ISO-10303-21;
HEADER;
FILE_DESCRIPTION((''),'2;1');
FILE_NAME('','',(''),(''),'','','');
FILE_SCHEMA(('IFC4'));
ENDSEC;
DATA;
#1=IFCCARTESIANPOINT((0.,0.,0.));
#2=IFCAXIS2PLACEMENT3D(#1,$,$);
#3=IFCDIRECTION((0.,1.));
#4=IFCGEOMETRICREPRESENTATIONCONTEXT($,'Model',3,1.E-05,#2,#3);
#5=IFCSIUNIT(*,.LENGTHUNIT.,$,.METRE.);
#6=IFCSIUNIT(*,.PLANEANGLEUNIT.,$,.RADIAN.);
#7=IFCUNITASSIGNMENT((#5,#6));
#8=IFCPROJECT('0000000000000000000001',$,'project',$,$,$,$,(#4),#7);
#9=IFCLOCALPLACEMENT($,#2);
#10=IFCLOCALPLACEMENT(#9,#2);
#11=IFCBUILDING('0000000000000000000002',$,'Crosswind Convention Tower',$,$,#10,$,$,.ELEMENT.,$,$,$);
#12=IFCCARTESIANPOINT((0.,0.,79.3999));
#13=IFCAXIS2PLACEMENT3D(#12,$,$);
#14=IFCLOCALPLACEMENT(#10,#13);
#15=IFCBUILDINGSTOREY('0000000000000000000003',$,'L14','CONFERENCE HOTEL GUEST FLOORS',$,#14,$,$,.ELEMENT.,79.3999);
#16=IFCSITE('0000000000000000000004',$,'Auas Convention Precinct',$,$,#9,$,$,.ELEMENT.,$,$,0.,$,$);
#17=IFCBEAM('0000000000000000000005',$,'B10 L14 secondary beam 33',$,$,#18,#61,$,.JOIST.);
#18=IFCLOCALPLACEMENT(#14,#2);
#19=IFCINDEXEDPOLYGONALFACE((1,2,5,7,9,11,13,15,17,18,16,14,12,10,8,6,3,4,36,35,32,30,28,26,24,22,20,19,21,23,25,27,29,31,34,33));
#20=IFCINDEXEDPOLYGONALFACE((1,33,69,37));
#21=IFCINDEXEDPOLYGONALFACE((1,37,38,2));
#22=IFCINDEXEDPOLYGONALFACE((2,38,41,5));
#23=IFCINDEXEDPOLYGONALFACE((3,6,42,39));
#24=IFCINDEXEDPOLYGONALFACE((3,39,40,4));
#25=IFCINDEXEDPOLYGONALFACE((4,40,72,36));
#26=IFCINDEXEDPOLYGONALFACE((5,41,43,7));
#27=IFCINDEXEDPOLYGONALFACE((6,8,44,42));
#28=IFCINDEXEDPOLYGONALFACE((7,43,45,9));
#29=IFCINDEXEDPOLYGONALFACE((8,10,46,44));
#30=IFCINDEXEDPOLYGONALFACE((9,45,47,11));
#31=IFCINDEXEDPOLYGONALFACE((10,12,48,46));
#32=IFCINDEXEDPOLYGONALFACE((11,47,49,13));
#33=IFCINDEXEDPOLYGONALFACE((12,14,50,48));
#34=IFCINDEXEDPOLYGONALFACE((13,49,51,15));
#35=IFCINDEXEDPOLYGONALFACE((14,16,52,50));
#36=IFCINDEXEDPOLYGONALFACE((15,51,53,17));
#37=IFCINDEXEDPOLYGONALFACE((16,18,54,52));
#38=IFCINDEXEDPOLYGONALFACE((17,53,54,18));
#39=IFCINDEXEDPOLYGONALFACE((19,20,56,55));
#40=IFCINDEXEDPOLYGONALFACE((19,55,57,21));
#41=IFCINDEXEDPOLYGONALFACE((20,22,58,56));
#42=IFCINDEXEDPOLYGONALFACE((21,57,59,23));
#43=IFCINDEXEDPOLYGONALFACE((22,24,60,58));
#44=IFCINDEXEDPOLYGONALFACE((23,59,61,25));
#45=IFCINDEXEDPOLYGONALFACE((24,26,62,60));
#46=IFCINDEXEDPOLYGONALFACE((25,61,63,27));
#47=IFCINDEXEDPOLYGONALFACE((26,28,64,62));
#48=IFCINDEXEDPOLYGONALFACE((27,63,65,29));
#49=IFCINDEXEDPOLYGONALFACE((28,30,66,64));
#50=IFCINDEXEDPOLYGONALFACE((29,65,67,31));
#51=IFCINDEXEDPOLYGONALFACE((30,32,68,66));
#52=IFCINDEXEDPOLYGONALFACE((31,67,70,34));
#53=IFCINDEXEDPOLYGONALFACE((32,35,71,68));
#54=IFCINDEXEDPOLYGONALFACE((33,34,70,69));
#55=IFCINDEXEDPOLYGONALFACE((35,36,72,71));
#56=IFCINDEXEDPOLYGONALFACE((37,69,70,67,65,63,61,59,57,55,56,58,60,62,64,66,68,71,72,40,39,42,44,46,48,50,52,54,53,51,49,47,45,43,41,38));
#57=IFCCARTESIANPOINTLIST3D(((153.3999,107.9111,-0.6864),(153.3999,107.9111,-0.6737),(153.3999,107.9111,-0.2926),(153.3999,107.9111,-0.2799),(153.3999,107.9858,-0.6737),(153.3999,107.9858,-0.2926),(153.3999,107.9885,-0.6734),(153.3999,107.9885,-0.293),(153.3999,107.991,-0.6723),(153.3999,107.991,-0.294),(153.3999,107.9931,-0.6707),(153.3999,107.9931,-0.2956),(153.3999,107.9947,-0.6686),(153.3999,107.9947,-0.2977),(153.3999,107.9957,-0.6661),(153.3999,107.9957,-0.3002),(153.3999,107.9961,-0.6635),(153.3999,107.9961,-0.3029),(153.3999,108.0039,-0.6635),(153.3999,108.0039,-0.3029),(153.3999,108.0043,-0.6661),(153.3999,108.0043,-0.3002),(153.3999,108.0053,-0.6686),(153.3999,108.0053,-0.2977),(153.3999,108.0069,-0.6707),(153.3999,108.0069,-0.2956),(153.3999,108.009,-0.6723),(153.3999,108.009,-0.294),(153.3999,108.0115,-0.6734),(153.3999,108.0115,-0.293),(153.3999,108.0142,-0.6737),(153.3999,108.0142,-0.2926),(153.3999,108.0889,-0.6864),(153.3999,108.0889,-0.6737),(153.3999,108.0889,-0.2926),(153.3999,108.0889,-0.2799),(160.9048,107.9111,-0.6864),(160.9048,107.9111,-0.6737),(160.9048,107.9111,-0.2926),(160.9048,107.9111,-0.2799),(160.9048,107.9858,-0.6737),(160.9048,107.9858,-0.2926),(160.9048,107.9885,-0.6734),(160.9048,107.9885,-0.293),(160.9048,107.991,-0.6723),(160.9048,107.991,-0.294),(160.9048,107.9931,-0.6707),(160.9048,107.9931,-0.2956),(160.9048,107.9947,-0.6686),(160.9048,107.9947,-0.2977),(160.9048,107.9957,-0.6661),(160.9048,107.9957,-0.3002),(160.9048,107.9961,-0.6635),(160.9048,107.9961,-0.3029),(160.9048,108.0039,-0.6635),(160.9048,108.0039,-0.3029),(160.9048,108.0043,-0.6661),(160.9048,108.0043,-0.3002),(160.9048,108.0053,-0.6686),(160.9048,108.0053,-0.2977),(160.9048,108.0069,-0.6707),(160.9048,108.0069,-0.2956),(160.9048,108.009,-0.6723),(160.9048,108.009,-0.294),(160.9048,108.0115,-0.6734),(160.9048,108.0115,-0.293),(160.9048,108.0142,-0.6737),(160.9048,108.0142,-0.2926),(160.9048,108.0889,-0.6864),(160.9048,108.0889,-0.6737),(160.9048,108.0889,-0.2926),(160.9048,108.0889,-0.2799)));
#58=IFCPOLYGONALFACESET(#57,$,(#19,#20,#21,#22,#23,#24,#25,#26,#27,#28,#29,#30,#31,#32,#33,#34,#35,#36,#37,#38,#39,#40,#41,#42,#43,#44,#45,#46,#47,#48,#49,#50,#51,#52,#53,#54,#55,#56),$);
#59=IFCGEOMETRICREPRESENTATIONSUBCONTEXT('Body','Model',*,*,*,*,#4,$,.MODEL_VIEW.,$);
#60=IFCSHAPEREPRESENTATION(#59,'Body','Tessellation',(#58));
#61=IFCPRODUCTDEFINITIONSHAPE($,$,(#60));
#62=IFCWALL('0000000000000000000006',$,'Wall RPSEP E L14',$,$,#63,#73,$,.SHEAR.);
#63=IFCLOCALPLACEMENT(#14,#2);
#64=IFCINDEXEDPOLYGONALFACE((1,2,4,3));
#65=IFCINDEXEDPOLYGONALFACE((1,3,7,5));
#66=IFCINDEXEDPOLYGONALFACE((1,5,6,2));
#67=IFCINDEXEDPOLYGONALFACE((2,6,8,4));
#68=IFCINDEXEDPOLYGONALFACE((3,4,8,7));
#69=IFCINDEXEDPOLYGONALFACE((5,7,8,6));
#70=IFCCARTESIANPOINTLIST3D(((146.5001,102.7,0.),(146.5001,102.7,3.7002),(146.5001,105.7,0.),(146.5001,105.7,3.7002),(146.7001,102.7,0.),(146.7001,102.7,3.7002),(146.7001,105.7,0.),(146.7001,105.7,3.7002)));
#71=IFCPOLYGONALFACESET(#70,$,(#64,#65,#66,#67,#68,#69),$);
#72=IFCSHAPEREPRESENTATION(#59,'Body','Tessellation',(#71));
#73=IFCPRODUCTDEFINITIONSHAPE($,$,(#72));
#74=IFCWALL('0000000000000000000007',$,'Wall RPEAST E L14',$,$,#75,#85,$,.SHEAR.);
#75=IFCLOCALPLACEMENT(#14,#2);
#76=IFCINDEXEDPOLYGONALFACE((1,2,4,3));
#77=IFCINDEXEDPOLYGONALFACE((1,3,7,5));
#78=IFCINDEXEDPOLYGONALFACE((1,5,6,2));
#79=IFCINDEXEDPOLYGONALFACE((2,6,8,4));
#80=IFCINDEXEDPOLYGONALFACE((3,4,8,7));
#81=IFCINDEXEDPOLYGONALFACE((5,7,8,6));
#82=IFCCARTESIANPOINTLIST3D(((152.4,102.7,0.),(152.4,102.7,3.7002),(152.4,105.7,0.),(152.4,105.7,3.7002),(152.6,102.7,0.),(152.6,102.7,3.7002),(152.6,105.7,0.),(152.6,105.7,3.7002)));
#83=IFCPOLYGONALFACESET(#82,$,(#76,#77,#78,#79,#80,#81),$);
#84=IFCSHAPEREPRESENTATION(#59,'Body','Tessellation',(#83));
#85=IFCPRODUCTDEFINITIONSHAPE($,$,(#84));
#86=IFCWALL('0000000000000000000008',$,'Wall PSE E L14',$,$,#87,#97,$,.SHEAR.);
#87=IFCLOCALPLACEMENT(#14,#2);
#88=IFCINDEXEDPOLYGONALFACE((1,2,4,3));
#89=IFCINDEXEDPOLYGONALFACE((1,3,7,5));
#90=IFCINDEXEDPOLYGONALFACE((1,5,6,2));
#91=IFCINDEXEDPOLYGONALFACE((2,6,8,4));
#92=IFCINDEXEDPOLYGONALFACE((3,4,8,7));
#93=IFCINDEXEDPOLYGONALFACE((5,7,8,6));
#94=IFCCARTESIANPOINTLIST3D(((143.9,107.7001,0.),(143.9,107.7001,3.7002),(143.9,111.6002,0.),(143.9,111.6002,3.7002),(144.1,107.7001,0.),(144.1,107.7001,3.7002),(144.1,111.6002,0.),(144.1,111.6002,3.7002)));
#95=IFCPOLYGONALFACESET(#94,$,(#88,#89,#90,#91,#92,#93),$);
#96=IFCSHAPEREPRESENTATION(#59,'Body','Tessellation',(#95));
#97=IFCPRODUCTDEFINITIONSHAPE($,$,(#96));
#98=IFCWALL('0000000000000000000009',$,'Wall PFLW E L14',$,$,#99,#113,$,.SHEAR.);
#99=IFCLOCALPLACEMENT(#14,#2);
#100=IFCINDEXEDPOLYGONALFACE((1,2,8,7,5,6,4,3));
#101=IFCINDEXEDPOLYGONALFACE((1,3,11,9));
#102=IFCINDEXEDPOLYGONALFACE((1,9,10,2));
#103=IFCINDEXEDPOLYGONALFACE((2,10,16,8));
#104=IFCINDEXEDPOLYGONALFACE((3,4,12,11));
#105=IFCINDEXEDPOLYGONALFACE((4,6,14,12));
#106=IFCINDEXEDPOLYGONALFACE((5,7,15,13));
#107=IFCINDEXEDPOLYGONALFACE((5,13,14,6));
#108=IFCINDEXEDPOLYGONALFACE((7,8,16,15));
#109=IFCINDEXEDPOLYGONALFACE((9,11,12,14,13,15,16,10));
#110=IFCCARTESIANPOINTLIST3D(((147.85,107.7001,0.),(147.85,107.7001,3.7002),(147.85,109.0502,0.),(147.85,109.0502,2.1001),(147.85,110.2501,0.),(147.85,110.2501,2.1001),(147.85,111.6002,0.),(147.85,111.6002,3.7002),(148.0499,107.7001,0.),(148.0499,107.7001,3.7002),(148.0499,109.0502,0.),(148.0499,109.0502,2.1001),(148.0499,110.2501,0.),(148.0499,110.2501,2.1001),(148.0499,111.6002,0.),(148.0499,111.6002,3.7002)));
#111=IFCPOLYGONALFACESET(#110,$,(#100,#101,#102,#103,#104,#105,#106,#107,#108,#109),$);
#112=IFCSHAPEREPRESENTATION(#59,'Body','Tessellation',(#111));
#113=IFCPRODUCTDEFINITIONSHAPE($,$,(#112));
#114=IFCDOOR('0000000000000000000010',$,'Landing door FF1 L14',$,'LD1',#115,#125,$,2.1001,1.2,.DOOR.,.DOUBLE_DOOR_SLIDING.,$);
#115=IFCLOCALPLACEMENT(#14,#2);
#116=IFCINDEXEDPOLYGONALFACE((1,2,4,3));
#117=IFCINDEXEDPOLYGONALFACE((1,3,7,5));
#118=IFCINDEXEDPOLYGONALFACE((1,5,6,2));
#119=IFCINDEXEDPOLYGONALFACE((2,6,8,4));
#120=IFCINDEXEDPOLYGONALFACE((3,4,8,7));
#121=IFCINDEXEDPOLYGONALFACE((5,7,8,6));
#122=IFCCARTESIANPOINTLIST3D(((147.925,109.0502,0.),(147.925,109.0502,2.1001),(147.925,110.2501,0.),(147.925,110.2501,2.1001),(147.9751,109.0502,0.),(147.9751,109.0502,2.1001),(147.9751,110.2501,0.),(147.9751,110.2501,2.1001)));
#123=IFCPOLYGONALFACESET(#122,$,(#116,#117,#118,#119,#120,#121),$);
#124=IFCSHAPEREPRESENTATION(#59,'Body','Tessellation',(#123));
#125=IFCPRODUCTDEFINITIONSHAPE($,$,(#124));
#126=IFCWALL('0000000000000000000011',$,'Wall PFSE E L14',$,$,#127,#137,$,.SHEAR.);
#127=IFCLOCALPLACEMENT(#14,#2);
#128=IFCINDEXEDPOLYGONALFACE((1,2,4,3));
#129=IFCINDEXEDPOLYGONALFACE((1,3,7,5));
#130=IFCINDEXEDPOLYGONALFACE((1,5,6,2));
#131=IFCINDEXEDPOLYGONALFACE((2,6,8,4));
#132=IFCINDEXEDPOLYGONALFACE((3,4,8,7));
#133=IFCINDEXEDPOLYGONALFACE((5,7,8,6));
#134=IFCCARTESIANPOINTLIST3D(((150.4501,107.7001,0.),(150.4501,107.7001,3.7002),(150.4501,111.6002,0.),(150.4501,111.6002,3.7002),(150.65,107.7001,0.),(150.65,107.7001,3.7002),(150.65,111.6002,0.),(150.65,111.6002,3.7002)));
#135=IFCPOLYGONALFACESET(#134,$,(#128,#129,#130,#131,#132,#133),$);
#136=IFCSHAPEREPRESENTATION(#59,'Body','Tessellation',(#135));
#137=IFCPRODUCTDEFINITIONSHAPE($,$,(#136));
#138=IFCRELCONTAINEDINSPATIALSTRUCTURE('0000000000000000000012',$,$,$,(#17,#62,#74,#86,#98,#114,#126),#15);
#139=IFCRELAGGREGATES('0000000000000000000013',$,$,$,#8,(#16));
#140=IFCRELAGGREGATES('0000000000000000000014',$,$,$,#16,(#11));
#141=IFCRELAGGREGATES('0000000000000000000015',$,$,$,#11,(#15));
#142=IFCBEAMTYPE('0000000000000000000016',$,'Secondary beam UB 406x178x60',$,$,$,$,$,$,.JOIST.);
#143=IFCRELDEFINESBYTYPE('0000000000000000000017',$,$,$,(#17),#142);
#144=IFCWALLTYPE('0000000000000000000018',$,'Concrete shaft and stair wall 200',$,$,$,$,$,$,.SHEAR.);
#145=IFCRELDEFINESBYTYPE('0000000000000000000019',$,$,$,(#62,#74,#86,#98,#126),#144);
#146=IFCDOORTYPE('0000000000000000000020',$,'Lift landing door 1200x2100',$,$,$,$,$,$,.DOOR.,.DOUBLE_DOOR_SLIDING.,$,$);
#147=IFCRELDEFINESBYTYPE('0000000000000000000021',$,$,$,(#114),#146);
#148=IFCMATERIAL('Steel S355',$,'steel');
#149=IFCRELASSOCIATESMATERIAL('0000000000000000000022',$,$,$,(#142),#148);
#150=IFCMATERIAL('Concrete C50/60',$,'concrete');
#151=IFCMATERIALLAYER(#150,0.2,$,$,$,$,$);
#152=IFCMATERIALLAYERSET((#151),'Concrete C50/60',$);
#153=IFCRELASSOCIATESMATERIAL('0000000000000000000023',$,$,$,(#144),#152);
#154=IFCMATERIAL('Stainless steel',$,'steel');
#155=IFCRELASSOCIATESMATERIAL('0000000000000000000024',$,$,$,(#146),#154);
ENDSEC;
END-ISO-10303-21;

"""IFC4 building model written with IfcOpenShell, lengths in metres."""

from ifc_helpers import new_model, si_unit, direction, frame, frame_2d, origin, origin_2d, place, context, subcontext, project, spatial, rectangle, i_section, extrude, material, layer, layer_set, material_profile, profile_set, type_object, element, fill, save


model = new_model("IFC4")

# Units and contexts
model_context = context("Model", 3, precision=1e-05, world=origin(), true_north=direction((0.0, 1.0)))
body_context = subcontext(model_context, "Body", "Model", "MODEL_VIEW")
ifc_project = project(units=[si_unit("LENGTHUNIT", "METRE"), si_unit("PLANEANGLEUNIT", "RADIAN")], contexts=[model_context])

# Site, building, storey
site_placement = place(None, origin())
site = spatial("IfcSite", under=ifc_project, at=site_placement, Name="Auas Convention Precinct", CompositionType="ELEMENT", RefElevation=0.0)
building_placement = place(site_placement, origin())
building = spatial("IfcBuilding", under=site, at=building_placement, Name="Crosswind Convention Tower", CompositionType="ELEMENT")
storey_placement = place(building_placement, frame((0.0, 0.0, 79.3999)))
storey = spatial("IfcBuildingStorey", under=building, at=storey_placement, Name="L14", Description="CONFERENCE HOTEL GUEST FLOORS", CompositionType="ELEMENT", Elevation=79.3999)

# Shared definitions
ifc_material_1 = material(Name="Steel S355", Category="steel")

# Beam
ifc_material_profile_1 = material_profile(ifc_material_1, i_section(OverallWidth=0.1777, OverallDepth=0.4065, WebThickness=0.0078, FlangeThickness=0.0127, FilletRadius=0.0103, at=origin_2d()), Name="UB 406x178x60")
ifc_profile_set_1 = profile_set([ifc_material_profile_1], Name="Steel S355")
beam_type_1 = type_object("IfcBeamType", Name="Secondary beam UB 406x178x60", PredefinedType="JOIST", material=ifc_profile_set_1)
for number, where, z_axis, x_axis, name in (
    (1, (153.3999, 108.0, -0.4832), (1.0, 0.0, 0.0), (0.0, 1.0, 0.0), "B10 L14 secondary beam 33"),
):
    element("IfcBeam", number, at=place(storey_placement, frame(where, z_axis=z_axis, x_axis=x_axis)), inside=storey, type_object=beam_type_1, Name=name, PredefinedType="JOIST", context=body_context, shape_type="SweptSolid", body=[
        extrude(i_section(OverallWidth=0.1777, OverallDepth=0.4065, WebThickness=0.0078, FlangeThickness=0.0127, FilletRadius=0.0103, at=origin_2d()), origin(), (0.0, 0.0, 1.0), 7.5049),
    ])

# Walls
ifc_material_2 = material(Name="Concrete C50/60", Category="concrete")
ifc_layer_1 = layer(ifc_material_2, 0.2)
ifc_layer_set_1 = layer_set([ifc_layer_1], Name="Concrete C50/60")
wall_type_1 = type_object("IfcWallType", Name="Concrete shaft and stair wall 200", PredefinedType="SHEAR", material=ifc_layer_set_1)
for number, where, z_axis, x_axis, name in (
    (2, (146.6001, 102.7, 0.0), (0.0, 0.0, 1.0), (0.0, 1.0, 0.0), "Wall RPSEP E L14"),
    (3, (152.5, 102.7, 0.0), (0.0, 0.0, 1.0), (0.0, 1.0, 0.0), "Wall RPEAST E L14"),
):
    element("IfcWall", number, at=place(storey_placement, frame(where, z_axis=z_axis, x_axis=x_axis)), inside=storey, type_object=wall_type_1, Name=name, PredefinedType="SHEAR", context=body_context, shape_type="SweptSolid", body=[
        extrude(rectangle(XDim=3.0, YDim=0.2, at=frame_2d((1.5, 0.0))), origin(), (0.0, 0.0, 1.0), 3.7002),
    ])
wall_1_placement = place(storey_placement, frame((144.0, 107.7, 0.0), z_axis=(0.0, 0.0, 1.0), x_axis=(0.0, 1.0, 0.0)))
element("IfcWall", 4, at=wall_1_placement, inside=storey, type_object=wall_type_1, Name="Wall PSE E L14", PredefinedType="SHEAR", context=body_context, shape_type="SweptSolid", body=[
    extrude(rectangle(XDim=3.9001, YDim=0.2, at=frame_2d((1.9502, 0.0))), origin(), (0.0, 0.0, 1.0), 3.7002),
])

# Wall, opening, door
wall_2_placement = place(storey_placement, frame((147.95, 107.7, 0.0), z_axis=(0.0, 0.0, 1.0), x_axis=(0.0, 1.0, 0.0)))
wall_2 = element("IfcWall", 5, at=wall_2_placement, inside=storey, type_object=wall_type_1, Name="Wall PFLW E L14", PredefinedType="SHEAR", context=body_context, shape_type="SweptSolid", body=[
    extrude(rectangle(XDim=3.9001, YDim=0.2, at=frame_2d((1.9502, 0.0))), origin(), (0.0, 0.0, 1.0), 3.7002),
])
opening_1_placement = place(wall_2_placement, frame((1.3501, 0.0, 0.0)))
opening_1 = element("IfcOpeningElement", 6, at=opening_1_placement, cuts=wall_2, PredefinedType="OPENING", context=body_context, shape_type="SweptSolid", body=[
    extrude(rectangle(XDim=1.2, YDim=2.1001, at=frame_2d((0.6001, 1.05))), frame((0.0, 0.1099, 0.0), z_axis=(0.0, -1.0, 0.0), x_axis=(1.0, 0.0, 0.0)), (0.0, 0.0, 1.0), 0.22),
])
ifc_material_3 = material(Name="Stainless steel", Category="steel")
door_type_1 = type_object("IfcDoorType", Name="Lift landing door 1200x2100", OperationType="DOUBLE_DOOR_SLIDING", PredefinedType="DOOR", material=ifc_material_3)
door_1_placement = place(opening_1_placement, origin())
door_1 = element("IfcDoor", 7, at=door_1_placement, inside=storey, type_object=door_type_1, Name="Landing door FF1 L14", ObjectType="LD1", OperationType="DOUBLE_DOOR_SLIDING", OverallHeight=2.1001, OverallWidth=1.2, PredefinedType="DOOR", context=body_context, shape_type="SweptSolid", body=[
    extrude(rectangle(XDim=1.2, YDim=2.1001, at=frame_2d((0.6001, 1.05))), frame((0.0, 0.0249, 0.0), z_axis=(0.0, -1.0, 0.0), x_axis=(1.0, 0.0, 0.0)), (0.0, 0.0, 1.0), 0.05),
])
fill(opening_1, door_1)

# Wall
wall_3_placement = place(storey_placement, frame((150.55, 107.7, 0.0), z_axis=(0.0, 0.0, 1.0), x_axis=(0.0, 1.0, 0.0)))
element("IfcWall", 8, at=wall_3_placement, inside=storey, type_object=wall_type_1, Name="Wall PFSE E L14", PredefinedType="SHEAR", context=body_context, shape_type="SweptSolid", body=[
    extrude(rectangle(XDim=3.9001, YDim=0.2, at=frame_2d((1.9502, 0.0))), origin(), (0.0, 0.0, 1.0), 3.7002),
])

save(model, "model.ifc")
